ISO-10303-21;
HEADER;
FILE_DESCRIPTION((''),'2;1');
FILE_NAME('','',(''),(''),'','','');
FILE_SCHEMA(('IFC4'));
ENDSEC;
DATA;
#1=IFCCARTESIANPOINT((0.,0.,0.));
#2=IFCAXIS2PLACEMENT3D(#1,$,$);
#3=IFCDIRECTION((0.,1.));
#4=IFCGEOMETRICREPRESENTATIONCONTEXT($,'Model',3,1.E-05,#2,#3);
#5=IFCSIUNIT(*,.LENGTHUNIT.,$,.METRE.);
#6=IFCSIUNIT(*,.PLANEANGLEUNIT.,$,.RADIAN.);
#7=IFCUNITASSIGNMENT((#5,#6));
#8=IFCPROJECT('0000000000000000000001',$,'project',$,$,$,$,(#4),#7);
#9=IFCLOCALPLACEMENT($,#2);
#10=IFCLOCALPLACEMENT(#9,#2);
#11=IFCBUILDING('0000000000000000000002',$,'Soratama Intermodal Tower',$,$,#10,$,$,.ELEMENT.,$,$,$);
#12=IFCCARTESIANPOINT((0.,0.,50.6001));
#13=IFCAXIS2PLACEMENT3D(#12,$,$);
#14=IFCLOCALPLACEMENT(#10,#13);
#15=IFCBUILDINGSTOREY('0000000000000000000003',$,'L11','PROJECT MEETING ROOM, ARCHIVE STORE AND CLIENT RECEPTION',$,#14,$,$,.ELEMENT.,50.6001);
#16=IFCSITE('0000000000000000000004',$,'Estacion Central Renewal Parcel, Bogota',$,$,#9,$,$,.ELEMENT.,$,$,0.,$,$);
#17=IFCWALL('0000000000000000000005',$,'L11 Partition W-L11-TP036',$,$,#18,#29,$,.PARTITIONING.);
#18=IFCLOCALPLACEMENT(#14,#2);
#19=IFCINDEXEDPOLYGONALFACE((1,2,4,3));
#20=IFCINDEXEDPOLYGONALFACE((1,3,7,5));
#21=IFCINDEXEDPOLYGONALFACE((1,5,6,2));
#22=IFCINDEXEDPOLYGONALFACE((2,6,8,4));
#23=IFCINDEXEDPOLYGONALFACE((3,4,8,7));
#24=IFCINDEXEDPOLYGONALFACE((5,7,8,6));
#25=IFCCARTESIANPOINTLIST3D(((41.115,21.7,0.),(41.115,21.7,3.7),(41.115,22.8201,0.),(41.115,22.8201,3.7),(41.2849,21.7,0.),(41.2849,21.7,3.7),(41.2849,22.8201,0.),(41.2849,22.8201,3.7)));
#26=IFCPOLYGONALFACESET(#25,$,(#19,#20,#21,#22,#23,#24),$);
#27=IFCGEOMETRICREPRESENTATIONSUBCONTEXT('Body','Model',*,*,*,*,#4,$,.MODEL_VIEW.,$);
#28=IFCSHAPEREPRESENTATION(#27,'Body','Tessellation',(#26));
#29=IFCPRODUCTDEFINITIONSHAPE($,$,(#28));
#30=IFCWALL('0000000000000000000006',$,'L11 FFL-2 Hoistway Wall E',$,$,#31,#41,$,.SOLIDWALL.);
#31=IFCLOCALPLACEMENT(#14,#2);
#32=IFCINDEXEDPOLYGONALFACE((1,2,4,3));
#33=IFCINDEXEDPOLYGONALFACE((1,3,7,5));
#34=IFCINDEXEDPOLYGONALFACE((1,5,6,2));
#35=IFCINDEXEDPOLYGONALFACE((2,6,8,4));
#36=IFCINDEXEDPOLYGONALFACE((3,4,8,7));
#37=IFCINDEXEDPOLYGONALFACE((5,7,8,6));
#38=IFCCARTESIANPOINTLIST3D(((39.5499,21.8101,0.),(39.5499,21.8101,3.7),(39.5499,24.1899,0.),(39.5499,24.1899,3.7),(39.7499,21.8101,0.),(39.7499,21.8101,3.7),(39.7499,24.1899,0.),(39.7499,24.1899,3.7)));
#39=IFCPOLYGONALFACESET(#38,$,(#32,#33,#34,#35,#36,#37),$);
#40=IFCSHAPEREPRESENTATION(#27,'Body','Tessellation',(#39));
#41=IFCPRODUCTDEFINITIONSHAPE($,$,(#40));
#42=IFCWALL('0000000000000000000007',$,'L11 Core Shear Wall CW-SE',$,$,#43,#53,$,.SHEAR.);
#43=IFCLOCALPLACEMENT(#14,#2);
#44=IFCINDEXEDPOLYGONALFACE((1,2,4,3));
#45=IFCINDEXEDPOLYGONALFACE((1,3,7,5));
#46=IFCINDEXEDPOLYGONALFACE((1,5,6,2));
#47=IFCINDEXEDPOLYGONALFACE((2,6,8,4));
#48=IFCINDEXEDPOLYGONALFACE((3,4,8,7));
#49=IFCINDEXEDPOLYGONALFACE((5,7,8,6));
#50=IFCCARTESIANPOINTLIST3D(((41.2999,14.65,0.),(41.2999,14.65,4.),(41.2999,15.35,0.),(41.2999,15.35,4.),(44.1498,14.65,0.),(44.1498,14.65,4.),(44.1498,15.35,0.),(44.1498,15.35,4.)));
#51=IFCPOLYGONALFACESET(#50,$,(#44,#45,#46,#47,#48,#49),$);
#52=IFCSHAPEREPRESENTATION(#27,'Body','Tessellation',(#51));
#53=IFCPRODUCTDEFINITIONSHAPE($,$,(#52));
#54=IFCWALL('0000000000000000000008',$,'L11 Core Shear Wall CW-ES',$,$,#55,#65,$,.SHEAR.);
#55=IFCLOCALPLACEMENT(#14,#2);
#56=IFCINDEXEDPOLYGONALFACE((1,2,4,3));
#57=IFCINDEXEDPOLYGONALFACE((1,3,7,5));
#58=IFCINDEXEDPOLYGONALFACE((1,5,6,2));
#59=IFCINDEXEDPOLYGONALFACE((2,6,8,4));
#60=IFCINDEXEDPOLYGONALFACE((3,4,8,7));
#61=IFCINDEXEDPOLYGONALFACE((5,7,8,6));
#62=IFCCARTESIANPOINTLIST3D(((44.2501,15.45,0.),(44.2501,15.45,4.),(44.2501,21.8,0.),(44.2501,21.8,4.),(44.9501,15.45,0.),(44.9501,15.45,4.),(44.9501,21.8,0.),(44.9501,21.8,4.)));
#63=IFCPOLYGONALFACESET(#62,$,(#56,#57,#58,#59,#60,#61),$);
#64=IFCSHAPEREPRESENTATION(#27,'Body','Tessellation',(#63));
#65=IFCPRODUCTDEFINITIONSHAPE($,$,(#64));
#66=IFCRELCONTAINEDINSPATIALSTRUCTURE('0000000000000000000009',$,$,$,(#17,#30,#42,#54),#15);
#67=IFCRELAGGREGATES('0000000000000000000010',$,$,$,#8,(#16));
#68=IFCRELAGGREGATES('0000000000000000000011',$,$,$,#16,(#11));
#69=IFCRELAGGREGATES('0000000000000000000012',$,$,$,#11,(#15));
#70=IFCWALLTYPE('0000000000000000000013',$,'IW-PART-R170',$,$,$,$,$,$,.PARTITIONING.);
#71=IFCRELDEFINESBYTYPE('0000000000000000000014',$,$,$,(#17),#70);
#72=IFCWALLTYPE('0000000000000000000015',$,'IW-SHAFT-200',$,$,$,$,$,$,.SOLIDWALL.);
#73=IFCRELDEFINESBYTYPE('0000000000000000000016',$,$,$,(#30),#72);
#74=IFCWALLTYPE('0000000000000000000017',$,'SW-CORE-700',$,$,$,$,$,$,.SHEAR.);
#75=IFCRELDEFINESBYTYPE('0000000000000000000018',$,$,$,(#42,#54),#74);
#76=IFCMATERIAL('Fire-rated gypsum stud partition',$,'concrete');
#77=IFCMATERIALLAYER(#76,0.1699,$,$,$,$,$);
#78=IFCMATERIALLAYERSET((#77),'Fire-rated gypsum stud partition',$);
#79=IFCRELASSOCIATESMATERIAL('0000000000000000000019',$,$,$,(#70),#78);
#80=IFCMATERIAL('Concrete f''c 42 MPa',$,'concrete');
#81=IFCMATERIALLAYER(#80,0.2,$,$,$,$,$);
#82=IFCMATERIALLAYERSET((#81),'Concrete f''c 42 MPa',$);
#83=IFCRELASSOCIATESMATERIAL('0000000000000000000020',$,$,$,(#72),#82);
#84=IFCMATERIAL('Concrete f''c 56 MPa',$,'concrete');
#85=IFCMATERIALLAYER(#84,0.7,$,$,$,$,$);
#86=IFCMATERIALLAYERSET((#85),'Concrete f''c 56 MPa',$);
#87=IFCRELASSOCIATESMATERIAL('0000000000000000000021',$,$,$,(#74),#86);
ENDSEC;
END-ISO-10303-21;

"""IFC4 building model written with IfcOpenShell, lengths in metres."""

from ifc_helpers import new_model, si_unit, direction, frame, frame_2d, origin, place, context, subcontext, project, spatial, rectangle, extrude, material, layer, layer_set, type_object, element, save


model = new_model("IFC4")

# Units and contexts
model_context = context("Model", 3, precision=1e-05, world=origin(), true_north=direction((0.0, 1.0)))
body_context = subcontext(model_context, "Body", "Model", "MODEL_VIEW")
ifc_project = project(units=[si_unit("LENGTHUNIT", "METRE"), si_unit("PLANEANGLEUNIT", "RADIAN")], contexts=[model_context])

# Site, building, storey
site_placement = place(None, origin())
site = spatial("IfcSite", under=ifc_project, at=site_placement, Name="Estacion Central Renewal Parcel, Bogota", CompositionType="ELEMENT", RefElevation=0.0)
building_placement = place(site_placement, origin())
building = spatial("IfcBuilding", under=site, at=building_placement, Name="Soratama Intermodal Tower", CompositionType="ELEMENT")
storey_placement = place(building_placement, frame((0.0, 0.0, 50.6001)))
storey = spatial("IfcBuildingStorey", under=building, at=storey_placement, Name="L11", Description="PROJECT MEETING ROOM, ARCHIVE STORE AND CLIENT RECEPTION", CompositionType="ELEMENT", Elevation=50.6001)

# Shared definitions
ifc_material_1 = material(Name="Fire-rated gypsum stud partition", Category="concrete")
ifc_layer_1 = layer(ifc_material_1, 0.1699)
ifc_layer_set_1 = layer_set([ifc_layer_1], Name="Fire-rated gypsum stud partition")
wall_type_1 = type_object("IfcWallType", Name="IW-PART-R170", PredefinedType="PARTITIONING", material=ifc_layer_set_1)

# Walls
wall_1_placement = place(storey_placement, frame((41.2, 21.7, 0.0), z_axis=(0.0, 0.0, 1.0), x_axis=(0.0, 1.0, 0.0)))
element("IfcWall", 1, at=wall_1_placement, inside=storey, type_object=wall_type_1, Name="L11 Partition W-L11-TP036", PredefinedType="PARTITIONING", context=body_context, shape_type="SweptSolid", body=[
    extrude(rectangle(XDim=1.1201, YDim=0.1699, at=frame_2d((0.5601, 0.0))), origin(), (0.0, 0.0, 1.0), 3.7),
])
ifc_material_2 = material(Name="Concrete f'c 42 MPa", Category="concrete")
ifc_layer_2 = layer(ifc_material_2, 0.2)
ifc_layer_set_2 = layer_set([ifc_layer_2], Name="Concrete f'c 42 MPa")
wall_type_2 = type_object("IfcWallType", Name="IW-SHAFT-200", PredefinedType="SOLIDWALL", material=ifc_layer_set_2)
wall_2_placement = place(storey_placement, frame((39.6499, 21.8101, 0.0), z_axis=(0.0, 0.0, 1.0), x_axis=(0.0, 1.0, 0.0)))
element("IfcWall", 2, at=wall_2_placement, inside=storey, type_object=wall_type_2, Name="L11 FFL-2 Hoistway Wall E", PredefinedType="SOLIDWALL", context=body_context, shape_type="SweptSolid", body=[
    extrude(rectangle(XDim=2.3799, YDim=0.2, at=frame_2d((1.1899, 0.0))), origin(), (0.0, 0.0, 1.0), 3.7),
])
ifc_material_3 = material(Name="Concrete f'c 56 MPa", Category="concrete")
ifc_layer_3 = layer(ifc_material_3, 0.7)
ifc_layer_set_3 = layer_set([ifc_layer_3], Name="Concrete f'c 56 MPa")
wall_type_3 = type_object("IfcWallType", Name="SW-CORE-700", PredefinedType="SHEAR", material=ifc_layer_set_3)
wall_3_placement = place(storey_placement, frame((41.3, 15.0, 0.0), z_axis=(0.0, 0.0, 1.0), x_axis=(1.0, 0.0, 0.0)))
element("IfcWall", 3, at=wall_3_placement, inside=storey, type_object=wall_type_3, Name="L11 Core Shear Wall CW-SE", PredefinedType="SHEAR", context=body_context, shape_type="SweptSolid", body=[
    extrude(rectangle(XDim=2.8499, YDim=0.7, at=frame_2d((1.4248, 0.0))), origin(), (0.0, 0.0, 1.0), 4.0),
])
wall_4_placement = place(storey_placement, frame((44.6001, 15.45, 0.0), z_axis=(0.0, 0.0, 1.0), x_axis=(0.0, 1.0, 0.0)))
element("IfcWall", 4, at=wall_4_placement, inside=storey, type_object=wall_type_3, Name="L11 Core Shear Wall CW-ES", PredefinedType="SHEAR", context=body_context, shape_type="SweptSolid", body=[
    extrude(rectangle(XDim=6.3501, YDim=0.7, at=frame_2d((3.175, 0.0))), origin(), (0.0, 0.0, 1.0), 4.0),
])

save(model, "model.ifc")
